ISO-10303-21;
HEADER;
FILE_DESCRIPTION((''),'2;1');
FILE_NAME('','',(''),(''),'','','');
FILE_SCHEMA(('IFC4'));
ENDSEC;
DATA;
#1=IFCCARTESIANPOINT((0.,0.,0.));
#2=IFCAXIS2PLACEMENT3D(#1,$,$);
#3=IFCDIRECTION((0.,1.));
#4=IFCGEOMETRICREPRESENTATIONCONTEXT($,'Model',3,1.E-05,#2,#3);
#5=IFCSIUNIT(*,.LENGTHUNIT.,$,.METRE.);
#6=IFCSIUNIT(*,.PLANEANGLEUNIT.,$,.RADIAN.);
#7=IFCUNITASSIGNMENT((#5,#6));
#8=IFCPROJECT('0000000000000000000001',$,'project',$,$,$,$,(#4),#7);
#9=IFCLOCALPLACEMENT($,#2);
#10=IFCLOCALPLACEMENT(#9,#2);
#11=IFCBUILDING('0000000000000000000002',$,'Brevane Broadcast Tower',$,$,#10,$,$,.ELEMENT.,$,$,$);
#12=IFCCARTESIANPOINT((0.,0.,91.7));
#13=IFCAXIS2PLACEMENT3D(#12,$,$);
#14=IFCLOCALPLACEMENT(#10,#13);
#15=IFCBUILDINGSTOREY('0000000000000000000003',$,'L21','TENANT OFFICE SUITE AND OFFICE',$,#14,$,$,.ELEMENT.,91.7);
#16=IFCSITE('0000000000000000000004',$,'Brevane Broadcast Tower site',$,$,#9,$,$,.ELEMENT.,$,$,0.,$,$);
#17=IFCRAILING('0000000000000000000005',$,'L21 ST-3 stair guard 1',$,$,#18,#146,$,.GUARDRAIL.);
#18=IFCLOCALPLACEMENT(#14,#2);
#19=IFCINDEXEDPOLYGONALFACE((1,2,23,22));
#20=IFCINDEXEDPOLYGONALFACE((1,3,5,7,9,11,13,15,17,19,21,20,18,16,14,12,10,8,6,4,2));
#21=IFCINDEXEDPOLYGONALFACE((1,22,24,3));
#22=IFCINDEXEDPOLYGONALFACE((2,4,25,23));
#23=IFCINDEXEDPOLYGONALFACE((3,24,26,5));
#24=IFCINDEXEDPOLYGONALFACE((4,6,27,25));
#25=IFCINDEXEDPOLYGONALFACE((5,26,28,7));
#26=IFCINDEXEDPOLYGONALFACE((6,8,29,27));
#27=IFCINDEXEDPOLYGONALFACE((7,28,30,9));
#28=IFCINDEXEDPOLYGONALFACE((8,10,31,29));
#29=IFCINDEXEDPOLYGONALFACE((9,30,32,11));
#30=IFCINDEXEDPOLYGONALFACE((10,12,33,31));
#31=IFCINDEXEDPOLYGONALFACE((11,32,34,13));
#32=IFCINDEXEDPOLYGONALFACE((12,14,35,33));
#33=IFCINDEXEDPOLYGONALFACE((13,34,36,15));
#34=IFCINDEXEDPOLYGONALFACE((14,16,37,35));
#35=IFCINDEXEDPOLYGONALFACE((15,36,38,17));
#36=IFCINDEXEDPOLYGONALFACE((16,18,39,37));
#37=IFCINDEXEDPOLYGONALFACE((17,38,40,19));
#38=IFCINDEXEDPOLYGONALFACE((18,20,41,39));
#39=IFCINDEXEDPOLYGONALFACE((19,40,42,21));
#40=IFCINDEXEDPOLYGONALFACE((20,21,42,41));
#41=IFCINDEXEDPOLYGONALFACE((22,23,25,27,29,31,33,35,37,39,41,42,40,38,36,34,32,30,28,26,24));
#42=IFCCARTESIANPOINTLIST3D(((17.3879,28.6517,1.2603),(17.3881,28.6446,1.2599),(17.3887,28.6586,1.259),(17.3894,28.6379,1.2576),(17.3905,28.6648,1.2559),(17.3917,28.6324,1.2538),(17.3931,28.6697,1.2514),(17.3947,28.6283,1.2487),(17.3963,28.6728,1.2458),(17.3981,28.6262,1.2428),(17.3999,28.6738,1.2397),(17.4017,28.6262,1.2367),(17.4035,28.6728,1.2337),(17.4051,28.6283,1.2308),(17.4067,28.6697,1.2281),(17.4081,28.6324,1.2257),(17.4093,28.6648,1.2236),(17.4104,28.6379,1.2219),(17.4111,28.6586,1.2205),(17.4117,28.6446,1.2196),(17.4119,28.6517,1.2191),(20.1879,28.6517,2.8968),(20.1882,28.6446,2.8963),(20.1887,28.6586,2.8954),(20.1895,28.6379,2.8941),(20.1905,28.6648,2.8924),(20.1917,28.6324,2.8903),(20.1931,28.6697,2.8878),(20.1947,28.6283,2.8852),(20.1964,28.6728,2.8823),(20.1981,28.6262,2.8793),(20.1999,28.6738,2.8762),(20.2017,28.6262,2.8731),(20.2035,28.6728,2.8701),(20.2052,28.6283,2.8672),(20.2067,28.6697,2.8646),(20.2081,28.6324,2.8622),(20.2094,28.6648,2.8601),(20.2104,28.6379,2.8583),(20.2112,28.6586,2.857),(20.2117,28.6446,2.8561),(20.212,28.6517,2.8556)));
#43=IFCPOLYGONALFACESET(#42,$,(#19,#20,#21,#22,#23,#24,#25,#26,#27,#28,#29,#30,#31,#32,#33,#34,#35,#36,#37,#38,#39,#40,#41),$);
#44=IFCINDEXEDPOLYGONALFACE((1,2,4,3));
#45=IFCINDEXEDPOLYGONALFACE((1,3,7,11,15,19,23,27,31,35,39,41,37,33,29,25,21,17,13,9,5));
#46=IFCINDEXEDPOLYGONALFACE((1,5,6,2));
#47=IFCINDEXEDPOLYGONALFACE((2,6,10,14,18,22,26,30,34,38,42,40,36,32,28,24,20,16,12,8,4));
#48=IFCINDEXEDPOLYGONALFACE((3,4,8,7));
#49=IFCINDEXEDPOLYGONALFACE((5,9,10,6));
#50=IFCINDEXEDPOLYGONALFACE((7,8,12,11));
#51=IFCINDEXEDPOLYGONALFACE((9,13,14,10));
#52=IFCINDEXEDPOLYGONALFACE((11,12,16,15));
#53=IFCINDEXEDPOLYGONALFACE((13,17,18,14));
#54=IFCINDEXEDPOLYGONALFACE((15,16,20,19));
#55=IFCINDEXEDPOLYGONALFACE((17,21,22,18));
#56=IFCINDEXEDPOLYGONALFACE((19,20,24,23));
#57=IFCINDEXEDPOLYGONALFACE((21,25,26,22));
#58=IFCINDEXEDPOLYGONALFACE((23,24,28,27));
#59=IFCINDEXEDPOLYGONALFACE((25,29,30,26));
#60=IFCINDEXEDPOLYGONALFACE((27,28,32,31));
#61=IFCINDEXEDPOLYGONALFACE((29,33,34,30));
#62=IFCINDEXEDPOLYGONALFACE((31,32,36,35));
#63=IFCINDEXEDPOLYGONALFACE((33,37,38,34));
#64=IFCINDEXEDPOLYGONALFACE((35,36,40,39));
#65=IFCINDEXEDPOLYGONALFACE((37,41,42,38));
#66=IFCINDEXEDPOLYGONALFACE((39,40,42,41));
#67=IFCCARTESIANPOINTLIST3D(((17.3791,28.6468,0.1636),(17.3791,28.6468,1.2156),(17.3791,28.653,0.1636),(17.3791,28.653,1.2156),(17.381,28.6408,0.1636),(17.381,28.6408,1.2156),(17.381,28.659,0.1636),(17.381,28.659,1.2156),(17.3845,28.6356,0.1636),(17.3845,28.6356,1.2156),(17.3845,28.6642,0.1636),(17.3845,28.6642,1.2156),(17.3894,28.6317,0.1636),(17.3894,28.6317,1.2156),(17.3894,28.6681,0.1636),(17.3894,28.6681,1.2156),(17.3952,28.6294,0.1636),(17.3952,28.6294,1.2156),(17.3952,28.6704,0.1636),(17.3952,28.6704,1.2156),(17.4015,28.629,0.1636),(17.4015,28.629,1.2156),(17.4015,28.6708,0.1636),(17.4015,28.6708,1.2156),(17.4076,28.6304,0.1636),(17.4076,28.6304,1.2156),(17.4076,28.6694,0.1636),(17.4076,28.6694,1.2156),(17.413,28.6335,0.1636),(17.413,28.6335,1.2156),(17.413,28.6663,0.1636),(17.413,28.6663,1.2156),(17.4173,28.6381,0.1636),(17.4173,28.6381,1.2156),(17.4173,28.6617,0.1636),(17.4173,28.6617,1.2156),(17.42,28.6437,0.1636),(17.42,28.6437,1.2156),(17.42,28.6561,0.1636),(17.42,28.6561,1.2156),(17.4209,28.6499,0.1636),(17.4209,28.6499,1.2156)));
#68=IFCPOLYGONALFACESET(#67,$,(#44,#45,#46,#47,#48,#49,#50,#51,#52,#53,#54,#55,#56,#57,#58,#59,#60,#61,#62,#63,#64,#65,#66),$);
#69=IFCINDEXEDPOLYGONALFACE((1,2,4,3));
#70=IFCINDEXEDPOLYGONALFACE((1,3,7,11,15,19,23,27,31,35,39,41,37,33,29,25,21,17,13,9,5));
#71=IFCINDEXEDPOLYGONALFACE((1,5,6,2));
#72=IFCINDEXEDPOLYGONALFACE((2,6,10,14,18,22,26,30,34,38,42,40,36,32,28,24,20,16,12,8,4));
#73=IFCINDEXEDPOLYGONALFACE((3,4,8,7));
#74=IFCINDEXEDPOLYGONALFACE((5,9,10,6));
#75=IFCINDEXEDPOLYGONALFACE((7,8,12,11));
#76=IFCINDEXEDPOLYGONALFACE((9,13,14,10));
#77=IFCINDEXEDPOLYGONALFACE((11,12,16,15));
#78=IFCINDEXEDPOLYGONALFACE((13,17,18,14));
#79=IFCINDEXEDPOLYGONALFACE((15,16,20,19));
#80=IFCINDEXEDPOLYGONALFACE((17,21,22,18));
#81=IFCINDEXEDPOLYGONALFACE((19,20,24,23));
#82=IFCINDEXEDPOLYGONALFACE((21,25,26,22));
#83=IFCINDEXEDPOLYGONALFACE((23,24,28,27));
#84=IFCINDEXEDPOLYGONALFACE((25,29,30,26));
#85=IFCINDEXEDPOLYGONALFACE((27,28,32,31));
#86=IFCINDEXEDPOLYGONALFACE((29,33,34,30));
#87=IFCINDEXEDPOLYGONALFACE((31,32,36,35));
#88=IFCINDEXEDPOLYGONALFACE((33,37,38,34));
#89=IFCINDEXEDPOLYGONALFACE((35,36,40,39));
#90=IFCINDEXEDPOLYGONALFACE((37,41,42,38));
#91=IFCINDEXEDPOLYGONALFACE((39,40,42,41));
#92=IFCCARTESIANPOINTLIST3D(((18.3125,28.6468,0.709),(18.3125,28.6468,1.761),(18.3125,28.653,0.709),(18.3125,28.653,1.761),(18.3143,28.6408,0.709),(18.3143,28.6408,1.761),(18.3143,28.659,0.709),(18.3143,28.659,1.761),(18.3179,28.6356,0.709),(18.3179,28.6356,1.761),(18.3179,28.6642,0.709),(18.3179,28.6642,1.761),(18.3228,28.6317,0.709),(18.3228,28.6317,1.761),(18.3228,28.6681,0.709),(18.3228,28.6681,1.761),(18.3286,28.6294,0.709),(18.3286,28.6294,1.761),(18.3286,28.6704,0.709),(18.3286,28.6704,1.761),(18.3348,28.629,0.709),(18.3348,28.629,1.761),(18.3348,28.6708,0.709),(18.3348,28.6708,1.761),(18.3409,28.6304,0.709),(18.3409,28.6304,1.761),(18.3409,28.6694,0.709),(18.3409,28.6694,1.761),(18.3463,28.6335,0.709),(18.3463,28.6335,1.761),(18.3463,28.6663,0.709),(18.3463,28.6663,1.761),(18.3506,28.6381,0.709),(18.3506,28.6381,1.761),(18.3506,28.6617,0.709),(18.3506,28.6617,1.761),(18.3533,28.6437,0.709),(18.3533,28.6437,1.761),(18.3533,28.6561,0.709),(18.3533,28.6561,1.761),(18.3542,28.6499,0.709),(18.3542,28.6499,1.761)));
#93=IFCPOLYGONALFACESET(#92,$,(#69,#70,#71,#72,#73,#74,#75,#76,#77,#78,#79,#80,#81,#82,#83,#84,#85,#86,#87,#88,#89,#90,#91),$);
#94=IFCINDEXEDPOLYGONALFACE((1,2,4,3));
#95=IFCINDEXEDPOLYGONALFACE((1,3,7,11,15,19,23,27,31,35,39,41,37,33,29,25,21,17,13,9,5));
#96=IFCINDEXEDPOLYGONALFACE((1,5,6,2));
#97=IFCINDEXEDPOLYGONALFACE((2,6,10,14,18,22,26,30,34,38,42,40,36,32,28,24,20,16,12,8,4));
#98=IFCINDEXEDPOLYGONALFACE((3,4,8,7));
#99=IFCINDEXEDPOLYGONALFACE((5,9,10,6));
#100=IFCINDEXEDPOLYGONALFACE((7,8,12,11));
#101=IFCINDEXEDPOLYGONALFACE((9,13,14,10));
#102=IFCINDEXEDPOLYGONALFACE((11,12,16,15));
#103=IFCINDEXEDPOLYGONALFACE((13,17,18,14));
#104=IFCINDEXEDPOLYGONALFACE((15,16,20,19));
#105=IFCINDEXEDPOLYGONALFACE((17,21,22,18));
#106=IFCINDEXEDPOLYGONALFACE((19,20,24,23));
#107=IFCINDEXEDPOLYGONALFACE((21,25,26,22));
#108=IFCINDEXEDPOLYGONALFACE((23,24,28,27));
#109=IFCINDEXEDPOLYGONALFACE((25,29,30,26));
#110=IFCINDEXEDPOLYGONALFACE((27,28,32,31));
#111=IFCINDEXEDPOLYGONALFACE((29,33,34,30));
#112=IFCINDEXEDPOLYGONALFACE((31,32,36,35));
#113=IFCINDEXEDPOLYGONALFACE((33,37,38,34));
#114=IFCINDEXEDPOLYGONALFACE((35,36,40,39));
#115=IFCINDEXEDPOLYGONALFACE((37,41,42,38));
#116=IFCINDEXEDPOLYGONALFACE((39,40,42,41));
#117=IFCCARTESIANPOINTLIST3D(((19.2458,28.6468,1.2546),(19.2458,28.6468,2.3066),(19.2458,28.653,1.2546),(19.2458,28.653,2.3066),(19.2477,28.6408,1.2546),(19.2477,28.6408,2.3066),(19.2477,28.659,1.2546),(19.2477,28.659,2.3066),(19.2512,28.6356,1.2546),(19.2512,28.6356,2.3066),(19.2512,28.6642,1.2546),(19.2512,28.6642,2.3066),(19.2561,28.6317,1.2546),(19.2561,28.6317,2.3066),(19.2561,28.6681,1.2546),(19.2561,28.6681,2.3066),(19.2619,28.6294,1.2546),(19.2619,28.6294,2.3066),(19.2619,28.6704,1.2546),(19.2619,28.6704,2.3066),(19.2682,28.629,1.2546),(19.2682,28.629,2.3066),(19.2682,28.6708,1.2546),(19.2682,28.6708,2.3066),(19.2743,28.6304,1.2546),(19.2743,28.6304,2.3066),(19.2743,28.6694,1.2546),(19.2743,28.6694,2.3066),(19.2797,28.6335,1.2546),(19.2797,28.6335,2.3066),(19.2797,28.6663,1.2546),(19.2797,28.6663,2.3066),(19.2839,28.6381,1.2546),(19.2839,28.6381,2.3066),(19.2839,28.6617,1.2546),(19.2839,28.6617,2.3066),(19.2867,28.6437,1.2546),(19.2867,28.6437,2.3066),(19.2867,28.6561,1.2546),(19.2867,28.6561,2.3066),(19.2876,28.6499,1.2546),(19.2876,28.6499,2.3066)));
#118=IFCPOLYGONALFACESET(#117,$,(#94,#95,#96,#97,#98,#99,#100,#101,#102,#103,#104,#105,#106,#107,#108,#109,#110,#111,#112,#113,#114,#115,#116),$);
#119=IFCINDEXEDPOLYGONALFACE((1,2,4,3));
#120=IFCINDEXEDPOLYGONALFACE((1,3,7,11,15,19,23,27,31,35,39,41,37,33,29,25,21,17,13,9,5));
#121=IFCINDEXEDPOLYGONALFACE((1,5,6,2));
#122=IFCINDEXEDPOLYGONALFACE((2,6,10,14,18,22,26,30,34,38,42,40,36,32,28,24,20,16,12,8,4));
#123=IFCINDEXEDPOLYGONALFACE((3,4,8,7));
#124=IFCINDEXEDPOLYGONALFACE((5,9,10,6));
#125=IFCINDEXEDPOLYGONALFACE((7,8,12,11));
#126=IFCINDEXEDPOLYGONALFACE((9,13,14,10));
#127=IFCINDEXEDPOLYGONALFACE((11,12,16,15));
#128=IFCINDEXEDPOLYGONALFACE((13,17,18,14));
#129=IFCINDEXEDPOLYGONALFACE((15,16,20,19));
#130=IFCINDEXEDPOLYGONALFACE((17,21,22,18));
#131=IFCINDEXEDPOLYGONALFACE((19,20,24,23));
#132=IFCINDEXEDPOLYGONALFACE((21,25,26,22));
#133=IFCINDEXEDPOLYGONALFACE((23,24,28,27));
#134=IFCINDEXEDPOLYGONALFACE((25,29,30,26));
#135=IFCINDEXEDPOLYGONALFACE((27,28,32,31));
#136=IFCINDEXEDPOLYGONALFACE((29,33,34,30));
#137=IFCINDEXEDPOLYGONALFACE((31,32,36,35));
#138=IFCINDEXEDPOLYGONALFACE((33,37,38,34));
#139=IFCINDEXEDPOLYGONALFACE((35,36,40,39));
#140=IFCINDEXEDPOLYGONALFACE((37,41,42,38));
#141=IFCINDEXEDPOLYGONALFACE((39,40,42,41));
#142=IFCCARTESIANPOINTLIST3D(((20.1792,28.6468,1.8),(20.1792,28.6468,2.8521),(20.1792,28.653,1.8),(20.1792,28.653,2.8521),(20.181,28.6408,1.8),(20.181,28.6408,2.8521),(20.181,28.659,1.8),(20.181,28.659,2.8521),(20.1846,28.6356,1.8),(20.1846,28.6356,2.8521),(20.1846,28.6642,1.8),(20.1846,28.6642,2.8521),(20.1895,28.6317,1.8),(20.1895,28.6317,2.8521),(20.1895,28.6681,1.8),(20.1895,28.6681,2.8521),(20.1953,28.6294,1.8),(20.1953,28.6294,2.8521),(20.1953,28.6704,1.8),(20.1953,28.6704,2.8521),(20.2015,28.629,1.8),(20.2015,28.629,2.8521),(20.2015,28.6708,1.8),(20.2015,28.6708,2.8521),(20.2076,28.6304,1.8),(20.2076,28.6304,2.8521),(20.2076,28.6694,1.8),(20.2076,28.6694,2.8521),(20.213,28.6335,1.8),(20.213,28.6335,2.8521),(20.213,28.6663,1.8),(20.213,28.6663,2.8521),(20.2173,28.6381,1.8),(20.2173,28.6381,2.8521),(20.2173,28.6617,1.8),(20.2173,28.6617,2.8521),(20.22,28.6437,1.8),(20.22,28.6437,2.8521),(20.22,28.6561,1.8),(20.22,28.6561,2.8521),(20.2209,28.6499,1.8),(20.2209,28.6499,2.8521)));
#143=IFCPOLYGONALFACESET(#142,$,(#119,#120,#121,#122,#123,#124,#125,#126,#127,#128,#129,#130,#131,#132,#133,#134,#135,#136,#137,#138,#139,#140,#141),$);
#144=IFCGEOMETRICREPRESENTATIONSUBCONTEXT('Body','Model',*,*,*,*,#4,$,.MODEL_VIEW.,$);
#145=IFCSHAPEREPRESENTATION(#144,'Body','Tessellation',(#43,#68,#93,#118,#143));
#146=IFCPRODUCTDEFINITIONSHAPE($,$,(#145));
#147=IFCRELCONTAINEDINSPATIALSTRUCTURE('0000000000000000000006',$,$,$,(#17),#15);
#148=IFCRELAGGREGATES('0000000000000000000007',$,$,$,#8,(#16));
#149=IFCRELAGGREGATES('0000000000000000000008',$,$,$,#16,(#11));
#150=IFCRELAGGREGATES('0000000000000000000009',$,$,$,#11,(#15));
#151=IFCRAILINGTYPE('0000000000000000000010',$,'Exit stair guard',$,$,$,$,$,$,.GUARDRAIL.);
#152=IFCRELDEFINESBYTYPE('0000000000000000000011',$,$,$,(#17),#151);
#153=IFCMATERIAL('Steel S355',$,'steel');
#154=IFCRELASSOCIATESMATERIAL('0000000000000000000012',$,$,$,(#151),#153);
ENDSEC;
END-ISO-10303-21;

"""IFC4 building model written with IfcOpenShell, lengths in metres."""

from ifc_helpers import new_model, si_unit, direction, frame, origin, origin_2d, place, context, subcontext, project, spatial, circle, extrude, material, type_object, element, save


model = new_model("IFC4")

# Units and contexts
model_context = context("Model", 3, precision=1e-05, world=origin(), true_north=direction((0.0, 1.0)))
body_context = subcontext(model_context, "Body", "Model", "MODEL_VIEW")
ifc_project = project(units=[si_unit("LENGTHUNIT", "METRE"), si_unit("PLANEANGLEUNIT", "RADIAN")], contexts=[model_context])

# Site, building, storey
site_placement = place(None, origin())
site = spatial("IfcSite", under=ifc_project, at=site_placement, Name="Brevane Broadcast Tower site", CompositionType="ELEMENT", RefElevation=0.0)
building_placement = place(site_placement, origin())
building = spatial("IfcBuilding", under=site, at=building_placement, Name="Brevane Broadcast Tower", CompositionType="ELEMENT")
storey_placement = place(building_placement, frame((0.0, 0.0, 91.7)))
storey = spatial("IfcBuildingStorey", under=building, at=storey_placement, Name="L21", Description="TENANT OFFICE SUITE AND OFFICE", CompositionType="ELEMENT", Elevation=91.7)

# Railing
ifc_material_1 = material(Name="Steel S355", Category="steel")
railing_type_1 = type_object("IfcRailingType", Name="Exit stair guard", PredefinedType="GUARDRAIL", material=ifc_material_1)
railing_1_placement = place(storey_placement, frame((17.3999, 28.6499, 0.1636)))
element("IfcRailing", 1, at=railing_1_placement, inside=storey, type_object=railing_type_1, Name="L21 ST-3 stair guard 1", PredefinedType="GUARDRAIL", context=body_context, shape_type="SweptSolid", body=[
    extrude(circle(Radius=0.0239, at=origin_2d()), frame((0.0, 0.0, 1.0762), z_axis=(0.863361, 0.0, 0.504587), x_axis=(0.0, 1.0, 0.0)), (0.0, 0.0, 1.0), 3.2432),
    extrude(circle(Radius=0.021, at=origin_2d()), origin(), (0.0, 0.0, 1.0), 1.052),
    extrude(circle(Radius=0.021, at=origin_2d()), frame((0.9333, 0.0, 0.5454)), (0.0, 0.0, 1.0), 1.052),
    extrude(circle(Radius=0.021, at=origin_2d()), frame((1.8667, 0.0, 1.0911)), (0.0, 0.0, 1.0), 1.052),
    extrude(circle(Radius=0.021, at=origin_2d()), frame((2.8, 0.0, 1.6365)), (0.0, 0.0, 1.0), 1.052),
])

save(model, "model.ifc")
